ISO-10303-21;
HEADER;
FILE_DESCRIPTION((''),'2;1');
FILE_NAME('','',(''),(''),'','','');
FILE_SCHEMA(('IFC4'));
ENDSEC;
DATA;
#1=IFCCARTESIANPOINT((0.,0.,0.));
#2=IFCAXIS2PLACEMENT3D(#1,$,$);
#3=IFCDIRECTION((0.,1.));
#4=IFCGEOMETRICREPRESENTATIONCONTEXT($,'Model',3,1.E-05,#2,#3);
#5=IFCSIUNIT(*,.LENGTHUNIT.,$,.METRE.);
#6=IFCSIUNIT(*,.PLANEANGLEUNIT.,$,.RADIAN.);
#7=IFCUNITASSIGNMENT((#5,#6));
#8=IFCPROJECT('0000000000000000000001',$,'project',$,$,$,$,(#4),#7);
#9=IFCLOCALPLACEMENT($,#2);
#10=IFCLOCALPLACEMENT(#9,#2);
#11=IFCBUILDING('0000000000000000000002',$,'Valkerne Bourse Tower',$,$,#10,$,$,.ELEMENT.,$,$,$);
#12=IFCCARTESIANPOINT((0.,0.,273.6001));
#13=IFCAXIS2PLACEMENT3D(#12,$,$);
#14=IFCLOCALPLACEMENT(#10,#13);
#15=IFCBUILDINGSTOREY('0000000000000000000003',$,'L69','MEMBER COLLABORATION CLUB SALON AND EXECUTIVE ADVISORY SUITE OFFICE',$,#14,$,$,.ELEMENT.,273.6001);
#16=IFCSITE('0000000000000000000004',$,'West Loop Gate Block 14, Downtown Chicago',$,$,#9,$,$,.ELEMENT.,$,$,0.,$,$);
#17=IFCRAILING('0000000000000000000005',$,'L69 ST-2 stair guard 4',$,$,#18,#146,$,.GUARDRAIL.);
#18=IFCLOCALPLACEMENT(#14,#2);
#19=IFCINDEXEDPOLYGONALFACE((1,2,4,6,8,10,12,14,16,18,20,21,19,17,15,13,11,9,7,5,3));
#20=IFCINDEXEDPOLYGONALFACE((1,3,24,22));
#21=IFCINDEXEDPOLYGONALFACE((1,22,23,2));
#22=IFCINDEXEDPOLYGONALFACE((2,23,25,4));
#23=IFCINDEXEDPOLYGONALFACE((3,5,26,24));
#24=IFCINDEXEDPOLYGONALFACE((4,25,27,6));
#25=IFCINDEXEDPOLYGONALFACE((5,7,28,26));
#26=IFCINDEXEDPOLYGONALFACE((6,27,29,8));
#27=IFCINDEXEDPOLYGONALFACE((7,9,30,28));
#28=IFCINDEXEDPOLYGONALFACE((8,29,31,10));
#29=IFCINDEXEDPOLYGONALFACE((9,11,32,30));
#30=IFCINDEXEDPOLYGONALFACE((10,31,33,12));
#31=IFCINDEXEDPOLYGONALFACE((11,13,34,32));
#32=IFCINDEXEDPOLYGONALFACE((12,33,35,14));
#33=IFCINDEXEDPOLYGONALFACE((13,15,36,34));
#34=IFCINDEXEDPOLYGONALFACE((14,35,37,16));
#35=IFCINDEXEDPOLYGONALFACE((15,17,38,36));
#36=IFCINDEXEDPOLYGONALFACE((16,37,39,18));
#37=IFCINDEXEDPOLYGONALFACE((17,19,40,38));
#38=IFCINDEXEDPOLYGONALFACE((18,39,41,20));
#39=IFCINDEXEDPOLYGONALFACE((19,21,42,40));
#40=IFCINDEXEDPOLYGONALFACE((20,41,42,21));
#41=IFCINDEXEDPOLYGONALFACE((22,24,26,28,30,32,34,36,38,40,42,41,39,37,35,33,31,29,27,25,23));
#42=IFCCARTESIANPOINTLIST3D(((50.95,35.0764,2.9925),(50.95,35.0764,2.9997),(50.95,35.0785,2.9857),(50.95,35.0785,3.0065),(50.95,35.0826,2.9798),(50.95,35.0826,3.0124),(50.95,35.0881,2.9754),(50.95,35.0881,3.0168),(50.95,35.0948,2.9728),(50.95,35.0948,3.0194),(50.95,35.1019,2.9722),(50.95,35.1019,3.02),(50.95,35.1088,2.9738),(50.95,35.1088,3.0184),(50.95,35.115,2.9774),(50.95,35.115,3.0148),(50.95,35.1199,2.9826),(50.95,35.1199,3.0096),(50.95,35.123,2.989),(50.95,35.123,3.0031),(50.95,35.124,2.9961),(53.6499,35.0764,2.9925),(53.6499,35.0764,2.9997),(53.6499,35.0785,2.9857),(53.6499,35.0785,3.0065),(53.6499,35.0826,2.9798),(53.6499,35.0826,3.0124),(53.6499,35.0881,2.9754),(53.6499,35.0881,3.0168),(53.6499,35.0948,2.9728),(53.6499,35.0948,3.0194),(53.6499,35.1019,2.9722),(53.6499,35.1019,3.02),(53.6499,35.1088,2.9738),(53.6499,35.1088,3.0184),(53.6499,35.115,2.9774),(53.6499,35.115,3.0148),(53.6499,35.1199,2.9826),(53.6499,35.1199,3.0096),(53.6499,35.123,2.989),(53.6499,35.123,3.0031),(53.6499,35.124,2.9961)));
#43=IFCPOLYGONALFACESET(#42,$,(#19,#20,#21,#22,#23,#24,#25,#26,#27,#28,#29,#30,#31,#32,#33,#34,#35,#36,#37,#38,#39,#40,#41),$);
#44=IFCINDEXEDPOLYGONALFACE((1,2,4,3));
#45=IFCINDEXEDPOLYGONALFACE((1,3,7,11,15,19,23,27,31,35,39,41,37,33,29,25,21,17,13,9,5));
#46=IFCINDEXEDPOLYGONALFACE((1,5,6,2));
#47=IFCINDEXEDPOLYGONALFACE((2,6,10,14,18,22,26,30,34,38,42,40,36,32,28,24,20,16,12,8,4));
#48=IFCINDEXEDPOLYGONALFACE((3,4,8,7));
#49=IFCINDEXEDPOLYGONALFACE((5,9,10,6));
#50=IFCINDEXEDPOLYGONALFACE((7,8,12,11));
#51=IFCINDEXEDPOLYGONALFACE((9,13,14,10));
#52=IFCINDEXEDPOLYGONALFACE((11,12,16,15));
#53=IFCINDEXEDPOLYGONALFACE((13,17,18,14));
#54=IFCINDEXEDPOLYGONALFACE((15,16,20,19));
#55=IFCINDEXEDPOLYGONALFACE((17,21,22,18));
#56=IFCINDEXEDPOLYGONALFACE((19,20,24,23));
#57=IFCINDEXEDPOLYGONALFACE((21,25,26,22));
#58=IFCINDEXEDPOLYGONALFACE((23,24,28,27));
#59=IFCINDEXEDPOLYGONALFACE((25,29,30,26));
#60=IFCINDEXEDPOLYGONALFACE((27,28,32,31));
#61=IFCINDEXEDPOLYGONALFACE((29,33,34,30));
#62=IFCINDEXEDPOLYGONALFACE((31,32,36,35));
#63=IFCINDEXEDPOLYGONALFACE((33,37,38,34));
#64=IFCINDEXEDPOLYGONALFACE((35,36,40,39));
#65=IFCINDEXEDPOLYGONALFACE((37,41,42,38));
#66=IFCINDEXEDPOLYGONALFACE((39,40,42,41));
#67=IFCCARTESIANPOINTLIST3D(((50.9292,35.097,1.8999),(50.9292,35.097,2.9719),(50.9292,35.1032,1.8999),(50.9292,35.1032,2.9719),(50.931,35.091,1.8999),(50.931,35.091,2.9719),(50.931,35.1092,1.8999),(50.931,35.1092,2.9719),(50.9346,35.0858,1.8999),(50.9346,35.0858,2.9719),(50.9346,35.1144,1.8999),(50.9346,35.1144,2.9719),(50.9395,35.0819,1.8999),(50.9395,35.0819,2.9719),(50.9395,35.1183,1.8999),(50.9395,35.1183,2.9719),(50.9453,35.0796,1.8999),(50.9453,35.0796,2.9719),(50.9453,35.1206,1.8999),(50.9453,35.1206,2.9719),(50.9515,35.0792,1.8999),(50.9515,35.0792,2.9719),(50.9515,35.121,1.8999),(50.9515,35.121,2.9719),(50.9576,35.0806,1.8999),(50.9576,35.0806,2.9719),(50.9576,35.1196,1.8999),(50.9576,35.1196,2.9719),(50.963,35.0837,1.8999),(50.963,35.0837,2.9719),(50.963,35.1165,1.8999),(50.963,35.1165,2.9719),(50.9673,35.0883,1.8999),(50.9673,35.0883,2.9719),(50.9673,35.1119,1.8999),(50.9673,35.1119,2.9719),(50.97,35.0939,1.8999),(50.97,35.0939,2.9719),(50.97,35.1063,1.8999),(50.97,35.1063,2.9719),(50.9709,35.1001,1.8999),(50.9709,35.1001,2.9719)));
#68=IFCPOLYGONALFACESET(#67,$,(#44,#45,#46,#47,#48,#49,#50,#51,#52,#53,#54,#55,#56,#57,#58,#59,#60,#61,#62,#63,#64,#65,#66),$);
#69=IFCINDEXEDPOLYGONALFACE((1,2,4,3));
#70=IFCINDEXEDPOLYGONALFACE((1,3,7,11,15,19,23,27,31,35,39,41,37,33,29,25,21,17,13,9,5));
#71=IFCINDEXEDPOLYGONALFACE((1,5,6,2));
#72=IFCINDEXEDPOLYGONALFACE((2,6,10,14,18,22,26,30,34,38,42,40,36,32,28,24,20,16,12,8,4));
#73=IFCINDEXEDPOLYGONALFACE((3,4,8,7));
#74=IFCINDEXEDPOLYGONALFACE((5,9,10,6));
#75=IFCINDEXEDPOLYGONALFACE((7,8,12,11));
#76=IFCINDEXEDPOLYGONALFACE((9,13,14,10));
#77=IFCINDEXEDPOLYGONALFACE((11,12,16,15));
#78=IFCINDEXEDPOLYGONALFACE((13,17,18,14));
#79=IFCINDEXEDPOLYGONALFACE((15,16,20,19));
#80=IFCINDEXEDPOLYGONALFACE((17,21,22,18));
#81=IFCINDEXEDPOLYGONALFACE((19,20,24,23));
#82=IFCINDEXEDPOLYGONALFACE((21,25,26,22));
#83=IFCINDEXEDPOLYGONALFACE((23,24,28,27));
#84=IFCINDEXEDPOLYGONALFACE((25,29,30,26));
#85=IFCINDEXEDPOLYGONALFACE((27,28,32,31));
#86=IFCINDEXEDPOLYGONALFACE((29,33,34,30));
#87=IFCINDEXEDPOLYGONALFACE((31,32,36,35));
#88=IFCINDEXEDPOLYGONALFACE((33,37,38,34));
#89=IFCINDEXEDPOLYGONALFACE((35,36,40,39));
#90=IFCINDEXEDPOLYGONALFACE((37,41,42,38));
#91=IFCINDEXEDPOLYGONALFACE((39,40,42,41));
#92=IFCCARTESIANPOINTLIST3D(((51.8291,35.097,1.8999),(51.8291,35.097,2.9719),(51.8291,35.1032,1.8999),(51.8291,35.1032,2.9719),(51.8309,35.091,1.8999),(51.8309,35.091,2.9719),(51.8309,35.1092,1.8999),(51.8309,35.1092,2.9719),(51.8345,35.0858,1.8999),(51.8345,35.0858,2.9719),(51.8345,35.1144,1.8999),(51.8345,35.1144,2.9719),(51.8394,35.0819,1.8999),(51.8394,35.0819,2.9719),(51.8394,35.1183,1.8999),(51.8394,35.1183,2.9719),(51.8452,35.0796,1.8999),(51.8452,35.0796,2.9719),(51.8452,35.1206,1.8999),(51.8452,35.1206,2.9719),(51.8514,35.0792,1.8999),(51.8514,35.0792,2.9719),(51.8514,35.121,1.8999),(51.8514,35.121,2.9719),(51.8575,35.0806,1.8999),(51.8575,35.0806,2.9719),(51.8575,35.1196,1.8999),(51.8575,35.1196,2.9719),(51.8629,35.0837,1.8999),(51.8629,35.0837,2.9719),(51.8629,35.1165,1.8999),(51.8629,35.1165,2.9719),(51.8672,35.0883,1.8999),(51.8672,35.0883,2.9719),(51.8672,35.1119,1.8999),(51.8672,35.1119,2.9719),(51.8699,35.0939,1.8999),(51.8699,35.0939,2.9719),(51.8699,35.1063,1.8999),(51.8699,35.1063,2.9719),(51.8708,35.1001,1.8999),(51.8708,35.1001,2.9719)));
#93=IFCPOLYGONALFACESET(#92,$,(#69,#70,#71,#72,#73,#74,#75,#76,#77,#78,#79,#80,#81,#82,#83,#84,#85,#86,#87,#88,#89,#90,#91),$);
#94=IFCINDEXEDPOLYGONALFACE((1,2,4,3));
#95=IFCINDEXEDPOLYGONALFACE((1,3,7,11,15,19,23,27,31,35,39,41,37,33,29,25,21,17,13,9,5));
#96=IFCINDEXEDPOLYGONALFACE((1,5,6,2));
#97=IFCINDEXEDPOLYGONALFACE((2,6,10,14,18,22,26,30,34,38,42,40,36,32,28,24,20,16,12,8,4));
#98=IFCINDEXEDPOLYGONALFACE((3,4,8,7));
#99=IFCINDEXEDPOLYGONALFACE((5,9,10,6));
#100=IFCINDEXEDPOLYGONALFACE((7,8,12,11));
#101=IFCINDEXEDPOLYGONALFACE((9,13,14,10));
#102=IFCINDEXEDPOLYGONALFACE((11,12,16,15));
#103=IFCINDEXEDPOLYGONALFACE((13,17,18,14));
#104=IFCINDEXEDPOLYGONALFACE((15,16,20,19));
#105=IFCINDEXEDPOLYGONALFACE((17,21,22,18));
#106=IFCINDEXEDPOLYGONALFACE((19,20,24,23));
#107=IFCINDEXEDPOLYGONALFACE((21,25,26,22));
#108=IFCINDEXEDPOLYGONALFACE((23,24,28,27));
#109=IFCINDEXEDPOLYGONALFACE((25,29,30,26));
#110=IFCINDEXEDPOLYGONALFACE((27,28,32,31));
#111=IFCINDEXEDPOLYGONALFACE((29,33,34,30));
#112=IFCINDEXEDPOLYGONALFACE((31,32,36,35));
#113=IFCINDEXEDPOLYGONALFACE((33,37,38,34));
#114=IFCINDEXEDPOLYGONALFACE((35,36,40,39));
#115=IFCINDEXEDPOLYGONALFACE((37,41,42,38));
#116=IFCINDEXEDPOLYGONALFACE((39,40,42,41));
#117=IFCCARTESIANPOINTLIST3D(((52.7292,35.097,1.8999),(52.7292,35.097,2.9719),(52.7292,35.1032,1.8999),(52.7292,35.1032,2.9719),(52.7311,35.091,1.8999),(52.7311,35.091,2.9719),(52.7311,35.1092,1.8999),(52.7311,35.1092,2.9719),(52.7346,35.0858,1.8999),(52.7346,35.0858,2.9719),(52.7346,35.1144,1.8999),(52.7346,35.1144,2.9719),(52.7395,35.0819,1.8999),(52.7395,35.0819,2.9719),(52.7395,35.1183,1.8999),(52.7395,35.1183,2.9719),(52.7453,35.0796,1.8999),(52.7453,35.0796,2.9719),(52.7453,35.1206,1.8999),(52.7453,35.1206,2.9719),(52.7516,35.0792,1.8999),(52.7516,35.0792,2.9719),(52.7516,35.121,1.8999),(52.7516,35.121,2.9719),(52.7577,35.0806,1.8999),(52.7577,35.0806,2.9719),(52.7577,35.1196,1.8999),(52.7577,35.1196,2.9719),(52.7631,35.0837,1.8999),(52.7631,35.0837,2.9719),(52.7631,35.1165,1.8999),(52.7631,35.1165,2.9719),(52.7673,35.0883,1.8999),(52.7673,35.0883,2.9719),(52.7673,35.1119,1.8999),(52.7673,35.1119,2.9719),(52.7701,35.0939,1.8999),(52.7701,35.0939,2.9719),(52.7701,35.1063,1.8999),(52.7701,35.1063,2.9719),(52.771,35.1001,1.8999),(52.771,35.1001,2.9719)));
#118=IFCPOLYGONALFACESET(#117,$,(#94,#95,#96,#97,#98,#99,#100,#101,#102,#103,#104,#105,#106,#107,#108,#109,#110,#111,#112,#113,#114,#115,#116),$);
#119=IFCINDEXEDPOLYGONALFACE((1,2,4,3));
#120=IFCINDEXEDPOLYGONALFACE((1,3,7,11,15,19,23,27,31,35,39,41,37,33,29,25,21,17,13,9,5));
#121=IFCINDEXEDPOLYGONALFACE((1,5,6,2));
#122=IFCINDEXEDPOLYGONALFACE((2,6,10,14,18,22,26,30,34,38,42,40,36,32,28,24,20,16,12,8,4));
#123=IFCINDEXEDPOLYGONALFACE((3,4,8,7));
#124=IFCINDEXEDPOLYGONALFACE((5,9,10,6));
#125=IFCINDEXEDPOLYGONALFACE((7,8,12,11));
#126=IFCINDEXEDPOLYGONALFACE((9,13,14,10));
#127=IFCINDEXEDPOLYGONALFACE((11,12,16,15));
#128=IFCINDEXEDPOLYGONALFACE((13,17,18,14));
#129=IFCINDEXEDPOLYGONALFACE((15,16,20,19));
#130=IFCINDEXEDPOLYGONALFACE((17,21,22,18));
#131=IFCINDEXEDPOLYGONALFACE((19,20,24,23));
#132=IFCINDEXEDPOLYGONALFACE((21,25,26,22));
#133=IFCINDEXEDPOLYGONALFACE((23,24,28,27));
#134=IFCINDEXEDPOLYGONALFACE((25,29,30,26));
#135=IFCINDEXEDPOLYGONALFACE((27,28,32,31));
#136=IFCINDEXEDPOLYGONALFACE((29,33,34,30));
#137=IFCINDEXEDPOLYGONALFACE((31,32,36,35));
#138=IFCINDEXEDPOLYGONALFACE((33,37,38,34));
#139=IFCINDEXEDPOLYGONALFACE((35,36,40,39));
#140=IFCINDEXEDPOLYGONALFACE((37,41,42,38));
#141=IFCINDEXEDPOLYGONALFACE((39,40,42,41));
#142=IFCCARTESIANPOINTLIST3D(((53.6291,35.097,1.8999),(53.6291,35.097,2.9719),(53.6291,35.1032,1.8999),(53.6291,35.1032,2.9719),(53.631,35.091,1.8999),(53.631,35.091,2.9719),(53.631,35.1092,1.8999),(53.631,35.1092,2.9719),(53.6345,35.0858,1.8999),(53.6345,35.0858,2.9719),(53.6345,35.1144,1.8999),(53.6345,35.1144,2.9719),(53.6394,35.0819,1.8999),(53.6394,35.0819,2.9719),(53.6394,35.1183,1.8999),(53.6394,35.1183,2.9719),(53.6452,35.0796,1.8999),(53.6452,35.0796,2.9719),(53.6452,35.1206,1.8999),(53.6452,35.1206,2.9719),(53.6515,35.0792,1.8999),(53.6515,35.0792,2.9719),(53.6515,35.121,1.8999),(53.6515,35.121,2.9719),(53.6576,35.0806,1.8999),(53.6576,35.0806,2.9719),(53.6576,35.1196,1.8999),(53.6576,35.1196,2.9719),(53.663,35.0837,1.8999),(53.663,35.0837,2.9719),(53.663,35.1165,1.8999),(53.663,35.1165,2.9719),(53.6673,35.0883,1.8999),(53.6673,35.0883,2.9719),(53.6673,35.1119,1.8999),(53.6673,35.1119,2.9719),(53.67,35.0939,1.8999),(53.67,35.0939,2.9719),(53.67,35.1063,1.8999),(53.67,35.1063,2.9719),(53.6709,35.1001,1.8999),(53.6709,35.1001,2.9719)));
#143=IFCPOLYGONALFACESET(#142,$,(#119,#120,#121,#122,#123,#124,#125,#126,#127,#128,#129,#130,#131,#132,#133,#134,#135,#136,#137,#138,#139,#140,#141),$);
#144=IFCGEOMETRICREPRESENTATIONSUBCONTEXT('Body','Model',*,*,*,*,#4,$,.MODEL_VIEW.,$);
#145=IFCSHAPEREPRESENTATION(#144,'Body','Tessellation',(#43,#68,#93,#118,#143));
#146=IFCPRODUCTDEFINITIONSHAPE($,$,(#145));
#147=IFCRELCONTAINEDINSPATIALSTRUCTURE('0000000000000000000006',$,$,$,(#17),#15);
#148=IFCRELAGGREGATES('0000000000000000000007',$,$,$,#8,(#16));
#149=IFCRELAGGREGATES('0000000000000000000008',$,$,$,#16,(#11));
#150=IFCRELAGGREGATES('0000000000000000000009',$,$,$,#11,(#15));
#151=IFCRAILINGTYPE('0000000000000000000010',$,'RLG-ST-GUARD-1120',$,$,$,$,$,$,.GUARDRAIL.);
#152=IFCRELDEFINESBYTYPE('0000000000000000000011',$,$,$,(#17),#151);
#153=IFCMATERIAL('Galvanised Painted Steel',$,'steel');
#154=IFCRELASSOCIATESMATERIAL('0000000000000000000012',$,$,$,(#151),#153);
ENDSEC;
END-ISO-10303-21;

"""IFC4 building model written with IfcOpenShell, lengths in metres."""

from ifc_helpers import new_model, si_unit, direction, frame, origin, origin_2d, place, context, subcontext, project, spatial, circle, extrude, material, type_object, element, save


model = new_model("IFC4")

# Units and contexts
model_context = context("Model", 3, precision=1e-05, world=origin(), true_north=direction((0.0, 1.0)))
body_context = subcontext(model_context, "Body", "Model", "MODEL_VIEW")
ifc_project = project(units=[si_unit("LENGTHUNIT", "METRE"), si_unit("PLANEANGLEUNIT", "RADIAN")], contexts=[model_context])

# Site, building, storey
site_placement = place(None, origin())
site = spatial("IfcSite", under=ifc_project, at=site_placement, Name="West Loop Gate Block 14, Downtown Chicago", CompositionType="ELEMENT", RefElevation=0.0)
building_placement = place(site_placement, origin())
building = spatial("IfcBuilding", under=site, at=building_placement, Name="Valkerne Bourse Tower", CompositionType="ELEMENT")
storey_placement = place(building_placement, frame((0.0, 0.0, 273.6001)))
storey = spatial("IfcBuildingStorey", under=building, at=storey_placement, Name="L69", Description="MEMBER COLLABORATION CLUB SALON AND EXECUTIVE ADVISORY SUITE OFFICE", CompositionType="ELEMENT", Elevation=273.6001)

# Railing
ifc_material_1 = material(Name="Galvanised Painted Steel", Category="steel")
railing_type_1 = type_object("IfcRailingType", Name="RLG-ST-GUARD-1120", PredefinedType="GUARDRAIL", material=ifc_material_1)
railing_1_placement = place(storey_placement, frame((50.95, 35.1001, 1.8999)))
element("IfcRailing", 1, at=railing_1_placement, inside=storey, type_object=railing_type_1, Name="L69 ST-2 stair guard 4", PredefinedType="GUARDRAIL", context=body_context, shape_type="SweptSolid", body=[
    extrude(circle(Radius=0.0239, at=origin_2d()), frame((0.0, 0.0, 1.0962), z_axis=(1.0, 0.0, 0.0), x_axis=(0.0, 1.0, 0.0)), (0.0, 0.0, 1.0), 2.7),
    extrude(circle(Radius=0.021, at=origin_2d()), origin(), (0.0, 0.0, 1.0), 1.072),
    extrude(circle(Radius=0.021, at=origin_2d()), frame((0.8999, 0.0, 0.0)), (0.0, 0.0, 1.0), 1.072),
    extrude(circle(Radius=0.021, at=origin_2d()), frame((1.8, 0.0, 0.0)), (0.0, 0.0, 1.0), 1.072),
    extrude(circle(Radius=0.021, at=origin_2d()), frame((2.7, 0.0, 0.0)), (0.0, 0.0, 1.0), 1.072),
])

save(model, "model.ifc")
